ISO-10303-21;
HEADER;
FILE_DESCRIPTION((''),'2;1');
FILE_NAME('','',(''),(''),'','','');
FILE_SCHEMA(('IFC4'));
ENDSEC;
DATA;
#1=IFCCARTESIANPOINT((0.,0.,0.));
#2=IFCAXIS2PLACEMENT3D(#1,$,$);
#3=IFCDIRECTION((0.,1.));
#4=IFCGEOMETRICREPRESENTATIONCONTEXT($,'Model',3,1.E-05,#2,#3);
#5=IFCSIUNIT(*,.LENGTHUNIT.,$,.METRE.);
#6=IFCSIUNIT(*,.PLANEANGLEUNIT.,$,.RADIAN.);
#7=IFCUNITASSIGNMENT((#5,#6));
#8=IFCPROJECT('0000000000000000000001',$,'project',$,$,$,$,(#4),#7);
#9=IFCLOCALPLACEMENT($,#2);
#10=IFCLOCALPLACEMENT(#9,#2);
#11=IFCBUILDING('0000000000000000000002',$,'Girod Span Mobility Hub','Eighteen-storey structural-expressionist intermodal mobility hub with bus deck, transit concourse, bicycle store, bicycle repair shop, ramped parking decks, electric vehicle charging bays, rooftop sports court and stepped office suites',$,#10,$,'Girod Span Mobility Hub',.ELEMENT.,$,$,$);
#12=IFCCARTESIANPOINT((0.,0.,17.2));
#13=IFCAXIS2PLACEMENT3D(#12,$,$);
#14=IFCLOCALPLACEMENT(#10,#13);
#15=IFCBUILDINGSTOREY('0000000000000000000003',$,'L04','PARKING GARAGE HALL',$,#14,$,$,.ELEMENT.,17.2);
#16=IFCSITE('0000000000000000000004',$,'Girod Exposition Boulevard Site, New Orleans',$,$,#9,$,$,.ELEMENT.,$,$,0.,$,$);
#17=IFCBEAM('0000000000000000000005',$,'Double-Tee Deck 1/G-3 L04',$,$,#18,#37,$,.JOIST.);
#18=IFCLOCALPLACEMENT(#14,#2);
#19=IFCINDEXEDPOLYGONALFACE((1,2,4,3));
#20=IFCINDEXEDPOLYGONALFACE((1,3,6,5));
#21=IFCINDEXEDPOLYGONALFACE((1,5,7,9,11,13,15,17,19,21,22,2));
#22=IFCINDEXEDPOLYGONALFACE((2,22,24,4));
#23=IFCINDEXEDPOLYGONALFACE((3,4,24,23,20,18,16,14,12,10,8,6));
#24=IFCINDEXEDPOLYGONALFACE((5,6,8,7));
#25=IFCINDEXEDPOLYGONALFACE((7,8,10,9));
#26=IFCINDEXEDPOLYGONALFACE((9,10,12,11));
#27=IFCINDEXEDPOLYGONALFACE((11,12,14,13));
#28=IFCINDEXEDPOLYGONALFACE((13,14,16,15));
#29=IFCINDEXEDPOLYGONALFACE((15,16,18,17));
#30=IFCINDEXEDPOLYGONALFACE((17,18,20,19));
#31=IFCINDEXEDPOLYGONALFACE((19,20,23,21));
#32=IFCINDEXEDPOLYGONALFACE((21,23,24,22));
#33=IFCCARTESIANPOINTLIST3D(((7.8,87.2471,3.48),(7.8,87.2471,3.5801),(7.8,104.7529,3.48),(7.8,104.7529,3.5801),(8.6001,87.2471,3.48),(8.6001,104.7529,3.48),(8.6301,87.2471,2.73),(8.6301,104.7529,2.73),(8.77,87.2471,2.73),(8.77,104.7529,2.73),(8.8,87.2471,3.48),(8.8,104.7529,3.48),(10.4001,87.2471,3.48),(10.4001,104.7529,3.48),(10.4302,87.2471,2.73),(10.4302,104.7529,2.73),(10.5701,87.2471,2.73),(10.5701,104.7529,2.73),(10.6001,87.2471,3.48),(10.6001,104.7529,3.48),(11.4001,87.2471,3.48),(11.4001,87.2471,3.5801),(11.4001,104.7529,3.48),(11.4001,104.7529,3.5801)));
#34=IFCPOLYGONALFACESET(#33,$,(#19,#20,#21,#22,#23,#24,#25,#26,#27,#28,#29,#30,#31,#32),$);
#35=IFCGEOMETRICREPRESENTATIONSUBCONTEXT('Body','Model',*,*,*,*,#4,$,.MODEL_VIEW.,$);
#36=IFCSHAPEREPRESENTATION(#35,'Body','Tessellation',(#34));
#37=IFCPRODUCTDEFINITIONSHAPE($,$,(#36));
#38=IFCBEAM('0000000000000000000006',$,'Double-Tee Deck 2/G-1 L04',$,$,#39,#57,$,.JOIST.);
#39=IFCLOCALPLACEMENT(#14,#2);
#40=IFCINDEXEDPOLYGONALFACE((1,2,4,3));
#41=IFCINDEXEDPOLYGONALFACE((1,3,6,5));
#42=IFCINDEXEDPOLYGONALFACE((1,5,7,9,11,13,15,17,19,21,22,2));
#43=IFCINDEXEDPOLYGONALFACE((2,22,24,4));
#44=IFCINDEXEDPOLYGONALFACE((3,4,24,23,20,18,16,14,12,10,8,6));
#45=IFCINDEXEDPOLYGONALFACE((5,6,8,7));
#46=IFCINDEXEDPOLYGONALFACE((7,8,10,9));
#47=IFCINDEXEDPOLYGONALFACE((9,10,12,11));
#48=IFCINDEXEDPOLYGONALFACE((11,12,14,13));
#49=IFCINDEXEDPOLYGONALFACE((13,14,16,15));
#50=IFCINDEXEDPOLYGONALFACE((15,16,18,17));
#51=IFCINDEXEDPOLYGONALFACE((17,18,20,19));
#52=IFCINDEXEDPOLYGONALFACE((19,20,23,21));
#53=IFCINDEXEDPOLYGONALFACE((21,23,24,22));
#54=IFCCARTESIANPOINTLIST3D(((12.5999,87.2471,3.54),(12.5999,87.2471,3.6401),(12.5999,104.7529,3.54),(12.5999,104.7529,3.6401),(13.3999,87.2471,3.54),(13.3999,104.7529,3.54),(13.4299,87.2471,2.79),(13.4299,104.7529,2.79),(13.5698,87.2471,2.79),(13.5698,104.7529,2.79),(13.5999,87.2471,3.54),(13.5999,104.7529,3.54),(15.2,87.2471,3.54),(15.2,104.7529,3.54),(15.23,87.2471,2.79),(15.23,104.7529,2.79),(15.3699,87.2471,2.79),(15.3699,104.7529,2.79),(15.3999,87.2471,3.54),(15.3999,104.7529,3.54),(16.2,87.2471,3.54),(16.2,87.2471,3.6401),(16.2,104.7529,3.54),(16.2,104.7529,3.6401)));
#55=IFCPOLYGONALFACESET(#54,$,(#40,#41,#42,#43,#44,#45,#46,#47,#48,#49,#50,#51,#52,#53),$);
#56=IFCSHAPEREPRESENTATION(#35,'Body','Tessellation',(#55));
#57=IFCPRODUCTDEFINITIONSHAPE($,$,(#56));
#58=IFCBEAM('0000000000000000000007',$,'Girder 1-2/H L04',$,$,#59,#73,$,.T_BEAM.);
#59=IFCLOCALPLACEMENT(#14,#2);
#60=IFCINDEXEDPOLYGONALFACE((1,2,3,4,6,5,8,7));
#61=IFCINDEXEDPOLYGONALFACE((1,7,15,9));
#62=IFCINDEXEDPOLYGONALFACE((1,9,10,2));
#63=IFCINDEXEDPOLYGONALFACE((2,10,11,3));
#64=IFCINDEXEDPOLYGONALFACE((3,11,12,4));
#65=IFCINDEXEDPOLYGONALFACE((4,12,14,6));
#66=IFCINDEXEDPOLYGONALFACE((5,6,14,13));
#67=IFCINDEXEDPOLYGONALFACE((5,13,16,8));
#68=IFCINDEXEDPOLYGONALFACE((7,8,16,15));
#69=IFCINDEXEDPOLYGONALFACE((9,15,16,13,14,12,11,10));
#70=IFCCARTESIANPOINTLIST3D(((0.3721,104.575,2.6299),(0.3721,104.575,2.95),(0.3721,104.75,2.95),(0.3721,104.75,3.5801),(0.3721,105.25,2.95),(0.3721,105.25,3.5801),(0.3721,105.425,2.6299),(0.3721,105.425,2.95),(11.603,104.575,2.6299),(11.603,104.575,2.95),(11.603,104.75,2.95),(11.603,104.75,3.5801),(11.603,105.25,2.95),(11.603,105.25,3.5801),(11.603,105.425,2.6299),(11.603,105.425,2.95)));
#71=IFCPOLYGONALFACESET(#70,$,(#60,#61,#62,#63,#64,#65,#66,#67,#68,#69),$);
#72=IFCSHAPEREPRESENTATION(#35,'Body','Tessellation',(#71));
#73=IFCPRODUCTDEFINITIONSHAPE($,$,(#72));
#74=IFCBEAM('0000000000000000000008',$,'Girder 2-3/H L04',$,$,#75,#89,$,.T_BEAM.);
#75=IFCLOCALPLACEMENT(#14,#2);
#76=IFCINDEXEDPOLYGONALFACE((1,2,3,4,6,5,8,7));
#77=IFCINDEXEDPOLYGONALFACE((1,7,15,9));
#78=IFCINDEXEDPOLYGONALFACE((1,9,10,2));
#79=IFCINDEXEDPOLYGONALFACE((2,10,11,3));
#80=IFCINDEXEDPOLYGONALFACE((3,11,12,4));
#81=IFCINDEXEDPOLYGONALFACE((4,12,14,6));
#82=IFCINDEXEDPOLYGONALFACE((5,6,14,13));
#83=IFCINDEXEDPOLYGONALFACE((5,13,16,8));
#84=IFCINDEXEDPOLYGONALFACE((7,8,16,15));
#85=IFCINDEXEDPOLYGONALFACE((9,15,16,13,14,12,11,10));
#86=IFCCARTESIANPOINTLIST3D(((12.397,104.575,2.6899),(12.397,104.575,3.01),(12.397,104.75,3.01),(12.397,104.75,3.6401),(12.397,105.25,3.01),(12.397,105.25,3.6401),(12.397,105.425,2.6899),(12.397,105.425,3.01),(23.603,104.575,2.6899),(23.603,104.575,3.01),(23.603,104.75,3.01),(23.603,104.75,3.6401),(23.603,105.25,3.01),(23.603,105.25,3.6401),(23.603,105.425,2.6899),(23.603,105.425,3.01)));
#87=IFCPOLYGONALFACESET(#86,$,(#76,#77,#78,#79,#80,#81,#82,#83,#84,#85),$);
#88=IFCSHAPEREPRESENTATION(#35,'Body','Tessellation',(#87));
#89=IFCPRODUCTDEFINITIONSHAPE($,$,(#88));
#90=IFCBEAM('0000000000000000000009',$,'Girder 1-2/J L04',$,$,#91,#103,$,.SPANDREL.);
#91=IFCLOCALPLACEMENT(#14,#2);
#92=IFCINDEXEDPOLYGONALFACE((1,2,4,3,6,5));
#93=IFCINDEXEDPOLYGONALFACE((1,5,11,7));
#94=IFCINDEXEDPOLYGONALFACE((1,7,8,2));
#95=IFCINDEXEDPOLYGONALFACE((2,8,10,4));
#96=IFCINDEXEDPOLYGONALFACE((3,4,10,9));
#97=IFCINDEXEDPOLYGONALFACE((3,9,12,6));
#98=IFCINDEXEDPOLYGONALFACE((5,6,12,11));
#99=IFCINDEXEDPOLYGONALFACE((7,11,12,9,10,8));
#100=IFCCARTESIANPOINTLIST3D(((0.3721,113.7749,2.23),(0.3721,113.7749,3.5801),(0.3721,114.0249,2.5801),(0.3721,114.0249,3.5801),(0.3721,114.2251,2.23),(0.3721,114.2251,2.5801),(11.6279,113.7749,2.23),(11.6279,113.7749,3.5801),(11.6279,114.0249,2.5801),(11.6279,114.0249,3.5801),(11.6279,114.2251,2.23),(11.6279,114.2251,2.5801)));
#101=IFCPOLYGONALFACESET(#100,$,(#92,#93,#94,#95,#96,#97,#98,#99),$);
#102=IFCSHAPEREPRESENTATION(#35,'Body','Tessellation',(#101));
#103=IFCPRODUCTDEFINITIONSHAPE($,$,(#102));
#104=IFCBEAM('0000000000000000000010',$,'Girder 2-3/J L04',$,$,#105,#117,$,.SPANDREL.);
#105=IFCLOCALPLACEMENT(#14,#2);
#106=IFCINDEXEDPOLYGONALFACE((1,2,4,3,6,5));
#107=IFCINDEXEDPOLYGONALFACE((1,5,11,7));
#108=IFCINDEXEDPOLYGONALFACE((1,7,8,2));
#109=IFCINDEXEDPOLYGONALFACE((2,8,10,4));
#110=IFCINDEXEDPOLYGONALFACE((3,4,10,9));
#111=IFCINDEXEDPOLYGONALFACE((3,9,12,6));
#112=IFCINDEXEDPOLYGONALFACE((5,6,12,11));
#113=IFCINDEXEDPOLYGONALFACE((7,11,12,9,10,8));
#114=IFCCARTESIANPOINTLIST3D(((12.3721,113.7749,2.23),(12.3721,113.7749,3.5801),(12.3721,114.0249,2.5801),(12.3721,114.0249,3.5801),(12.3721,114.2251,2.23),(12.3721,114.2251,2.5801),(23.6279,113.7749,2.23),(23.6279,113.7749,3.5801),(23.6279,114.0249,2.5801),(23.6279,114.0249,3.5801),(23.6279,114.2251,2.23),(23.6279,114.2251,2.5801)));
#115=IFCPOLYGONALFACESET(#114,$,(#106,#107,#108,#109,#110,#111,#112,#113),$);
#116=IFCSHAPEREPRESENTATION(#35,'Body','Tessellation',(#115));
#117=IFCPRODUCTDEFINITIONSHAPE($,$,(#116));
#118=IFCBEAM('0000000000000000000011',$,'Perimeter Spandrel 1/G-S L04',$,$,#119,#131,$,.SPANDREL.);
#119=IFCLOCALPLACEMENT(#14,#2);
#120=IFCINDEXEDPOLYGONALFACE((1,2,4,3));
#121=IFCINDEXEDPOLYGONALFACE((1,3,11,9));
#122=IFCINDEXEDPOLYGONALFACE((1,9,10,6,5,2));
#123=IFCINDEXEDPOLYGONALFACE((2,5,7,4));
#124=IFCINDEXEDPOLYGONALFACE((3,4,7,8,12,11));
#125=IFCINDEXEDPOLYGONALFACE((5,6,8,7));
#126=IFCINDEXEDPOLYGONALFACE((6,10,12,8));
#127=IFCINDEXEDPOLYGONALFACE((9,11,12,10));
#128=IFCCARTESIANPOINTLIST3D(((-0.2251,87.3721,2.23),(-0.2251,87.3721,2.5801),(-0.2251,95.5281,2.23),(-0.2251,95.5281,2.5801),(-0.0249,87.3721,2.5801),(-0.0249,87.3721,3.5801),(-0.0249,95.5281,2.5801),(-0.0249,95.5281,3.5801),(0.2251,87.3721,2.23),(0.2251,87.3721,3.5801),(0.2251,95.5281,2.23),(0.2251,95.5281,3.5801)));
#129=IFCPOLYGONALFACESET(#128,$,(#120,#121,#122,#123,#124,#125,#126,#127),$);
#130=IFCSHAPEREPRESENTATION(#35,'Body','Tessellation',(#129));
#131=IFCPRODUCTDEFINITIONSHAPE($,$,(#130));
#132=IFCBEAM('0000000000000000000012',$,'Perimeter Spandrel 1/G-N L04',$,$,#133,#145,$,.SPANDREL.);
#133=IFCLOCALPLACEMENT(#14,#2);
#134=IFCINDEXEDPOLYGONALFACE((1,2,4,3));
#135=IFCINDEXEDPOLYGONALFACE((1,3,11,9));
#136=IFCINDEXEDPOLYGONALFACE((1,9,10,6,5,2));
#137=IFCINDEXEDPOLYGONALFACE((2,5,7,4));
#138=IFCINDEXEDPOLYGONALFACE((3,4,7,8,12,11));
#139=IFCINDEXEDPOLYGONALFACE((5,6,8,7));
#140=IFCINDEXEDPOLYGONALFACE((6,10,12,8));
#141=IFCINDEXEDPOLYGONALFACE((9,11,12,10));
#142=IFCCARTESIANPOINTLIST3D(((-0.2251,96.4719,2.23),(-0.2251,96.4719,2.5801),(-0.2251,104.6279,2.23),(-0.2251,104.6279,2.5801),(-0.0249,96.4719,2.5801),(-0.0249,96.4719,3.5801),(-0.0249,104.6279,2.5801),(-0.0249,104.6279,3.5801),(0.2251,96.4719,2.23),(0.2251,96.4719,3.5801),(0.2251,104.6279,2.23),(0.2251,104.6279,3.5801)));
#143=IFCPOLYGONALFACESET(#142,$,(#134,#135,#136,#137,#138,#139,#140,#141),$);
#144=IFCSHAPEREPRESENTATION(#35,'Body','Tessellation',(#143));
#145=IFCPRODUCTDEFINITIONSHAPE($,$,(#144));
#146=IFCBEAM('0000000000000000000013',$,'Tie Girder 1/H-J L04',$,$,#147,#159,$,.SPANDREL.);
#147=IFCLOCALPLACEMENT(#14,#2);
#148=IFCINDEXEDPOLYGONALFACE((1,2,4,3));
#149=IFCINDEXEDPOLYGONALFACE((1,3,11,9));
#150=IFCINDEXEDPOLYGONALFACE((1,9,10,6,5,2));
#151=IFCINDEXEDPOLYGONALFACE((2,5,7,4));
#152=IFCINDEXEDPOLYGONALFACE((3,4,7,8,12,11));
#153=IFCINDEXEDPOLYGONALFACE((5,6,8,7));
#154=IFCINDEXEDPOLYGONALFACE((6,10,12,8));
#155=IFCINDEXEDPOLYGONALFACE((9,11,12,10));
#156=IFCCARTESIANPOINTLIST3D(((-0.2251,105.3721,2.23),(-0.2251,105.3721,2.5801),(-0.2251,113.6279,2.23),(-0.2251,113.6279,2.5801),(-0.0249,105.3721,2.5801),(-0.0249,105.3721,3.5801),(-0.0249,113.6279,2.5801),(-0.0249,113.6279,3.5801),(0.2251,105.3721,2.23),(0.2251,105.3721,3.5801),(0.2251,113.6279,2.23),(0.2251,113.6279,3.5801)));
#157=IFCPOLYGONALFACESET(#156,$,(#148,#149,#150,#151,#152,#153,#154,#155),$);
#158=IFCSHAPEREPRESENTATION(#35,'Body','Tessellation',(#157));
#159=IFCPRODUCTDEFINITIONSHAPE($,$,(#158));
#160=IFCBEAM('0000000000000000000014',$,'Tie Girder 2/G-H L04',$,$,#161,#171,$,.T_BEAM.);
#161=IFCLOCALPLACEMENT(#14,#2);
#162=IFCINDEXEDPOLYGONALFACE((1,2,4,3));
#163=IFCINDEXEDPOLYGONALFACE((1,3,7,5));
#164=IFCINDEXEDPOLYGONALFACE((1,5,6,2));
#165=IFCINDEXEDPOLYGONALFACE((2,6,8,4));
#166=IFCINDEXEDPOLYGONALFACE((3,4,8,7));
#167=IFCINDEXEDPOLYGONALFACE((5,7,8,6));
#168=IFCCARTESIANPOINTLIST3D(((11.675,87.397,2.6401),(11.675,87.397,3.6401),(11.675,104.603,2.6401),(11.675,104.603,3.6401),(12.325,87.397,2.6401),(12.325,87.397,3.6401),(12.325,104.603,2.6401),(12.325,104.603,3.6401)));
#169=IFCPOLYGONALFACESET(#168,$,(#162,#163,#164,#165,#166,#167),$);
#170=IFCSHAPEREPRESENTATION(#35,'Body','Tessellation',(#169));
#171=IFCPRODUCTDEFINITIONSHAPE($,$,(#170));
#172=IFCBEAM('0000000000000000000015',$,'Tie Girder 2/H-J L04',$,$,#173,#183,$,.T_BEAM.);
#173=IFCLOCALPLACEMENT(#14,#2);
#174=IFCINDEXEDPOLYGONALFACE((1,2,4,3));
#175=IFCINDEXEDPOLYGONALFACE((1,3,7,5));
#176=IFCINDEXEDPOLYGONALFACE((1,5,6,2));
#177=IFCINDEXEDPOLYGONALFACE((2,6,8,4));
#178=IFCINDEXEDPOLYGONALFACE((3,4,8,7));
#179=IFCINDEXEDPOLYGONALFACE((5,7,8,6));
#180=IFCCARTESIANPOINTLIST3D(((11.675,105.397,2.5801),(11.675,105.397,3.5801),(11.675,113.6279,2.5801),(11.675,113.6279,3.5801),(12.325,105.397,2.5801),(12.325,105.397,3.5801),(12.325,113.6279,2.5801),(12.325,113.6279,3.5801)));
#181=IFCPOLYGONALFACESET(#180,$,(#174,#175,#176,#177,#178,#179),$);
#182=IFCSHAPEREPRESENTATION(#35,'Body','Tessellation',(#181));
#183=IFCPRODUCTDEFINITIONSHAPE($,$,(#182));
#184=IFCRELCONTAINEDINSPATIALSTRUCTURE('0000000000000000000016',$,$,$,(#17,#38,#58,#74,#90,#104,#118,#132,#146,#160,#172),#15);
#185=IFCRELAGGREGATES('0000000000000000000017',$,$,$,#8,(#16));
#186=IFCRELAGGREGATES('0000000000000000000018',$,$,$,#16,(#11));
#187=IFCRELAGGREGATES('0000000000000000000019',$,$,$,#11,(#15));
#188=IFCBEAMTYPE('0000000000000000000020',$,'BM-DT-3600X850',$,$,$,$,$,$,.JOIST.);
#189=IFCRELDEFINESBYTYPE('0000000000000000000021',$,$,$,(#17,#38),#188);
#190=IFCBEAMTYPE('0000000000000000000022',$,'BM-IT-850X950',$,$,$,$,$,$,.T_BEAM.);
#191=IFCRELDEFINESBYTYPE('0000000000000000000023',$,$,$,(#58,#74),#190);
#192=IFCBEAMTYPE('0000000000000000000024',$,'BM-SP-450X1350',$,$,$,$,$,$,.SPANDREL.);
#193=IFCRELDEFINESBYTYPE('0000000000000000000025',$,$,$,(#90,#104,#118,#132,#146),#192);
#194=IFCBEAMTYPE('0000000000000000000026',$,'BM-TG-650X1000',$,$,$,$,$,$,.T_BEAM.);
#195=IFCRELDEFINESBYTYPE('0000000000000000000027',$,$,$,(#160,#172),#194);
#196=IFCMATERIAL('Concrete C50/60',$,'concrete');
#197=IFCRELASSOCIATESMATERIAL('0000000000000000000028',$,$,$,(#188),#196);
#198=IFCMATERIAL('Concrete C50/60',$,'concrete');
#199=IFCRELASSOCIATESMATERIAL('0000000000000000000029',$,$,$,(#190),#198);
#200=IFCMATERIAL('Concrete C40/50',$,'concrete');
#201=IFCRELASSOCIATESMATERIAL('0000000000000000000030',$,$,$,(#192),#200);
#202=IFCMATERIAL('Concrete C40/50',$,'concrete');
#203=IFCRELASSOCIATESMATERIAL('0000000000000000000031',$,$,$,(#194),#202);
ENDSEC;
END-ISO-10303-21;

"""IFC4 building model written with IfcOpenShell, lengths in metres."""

from ifc_helpers import new_model, si_unit, direction, frame, origin, origin_2d, place, context, subcontext, project, spatial, polyline, rectangle, outline, extrude, material, material_profile, profile_set, type_object, element, save


model = new_model("IFC4")

# Units and contexts
model_context = context("Model", 3, precision=1e-05, world=origin(), true_north=direction((0.0, 1.0)))
body_context = subcontext(model_context, "Body", "Model", "MODEL_VIEW")
ifc_project = project(units=[si_unit("LENGTHUNIT", "METRE"), si_unit("PLANEANGLEUNIT", "RADIAN")], contexts=[model_context])

# Site, building, storey
site_placement = place(None, origin())
site = spatial("IfcSite", under=ifc_project, at=site_placement, Name="Girod Exposition Boulevard Site, New Orleans", CompositionType="ELEMENT", RefElevation=0.0)
building_placement = place(site_placement, origin())
building = spatial("IfcBuilding", under=site, at=building_placement, Name="Girod Span Mobility Hub", Description="Eighteen-storey structural-expressionist intermodal mobility hub with bus deck, transit concourse, bicycle store, bicycle repair shop, ramped parking decks, electric vehicle charging bays, rooftop sports court and stepped office suites", LongName="Girod Span Mobility Hub", CompositionType="ELEMENT")
storey_placement = place(building_placement, frame((0.0, 0.0, 17.2)))
storey = spatial("IfcBuildingStorey", under=building, at=storey_placement, Name="L04", Description="PARKING GARAGE HALL", CompositionType="ELEMENT", Elevation=17.2)

# Beams
ifc_material_1 = material(Name="Concrete C50/60", Category="concrete")
ifc_material_profile_1 = material_profile(ifc_material_1, outline(polyline([(-1.8, 0.425), (-1.8, 0.325), (-1.0, 0.325), (-0.97, -0.425), (-0.8301, -0.425), (-0.8, 0.325), (0.8, 0.325), (0.8301, -0.425), (0.97, -0.425), (1.0, 0.325), (1.8, 0.325), (1.8, 0.425), (-1.8, 0.425)])), Name="DT-3600X850")
ifc_profile_set_1 = profile_set([ifc_material_profile_1], Name="Concrete C50/60")
beam_type_1 = type_object("IfcBeamType", Name="BM-DT-3600X850", PredefinedType="JOIST", material=ifc_profile_set_1)
for number, where, z_axis, x_axis, name in (
    (1, (9.6001, 87.2471, 3.155), (0.0, 1.0, 0.0), (-1.0, 0.0, 0.0), "Double-Tee Deck 1/G-3 L04"),
    (2, (14.3999, 87.2471, 3.2151), (0.0, 1.0, 0.0), (-1.0, 0.0, 0.0), "Double-Tee Deck 2/G-1 L04"),
):
    element("IfcBeam", number, at=place(storey_placement, frame(where, z_axis=z_axis, x_axis=x_axis)), inside=storey, type_object=beam_type_1, Name=name, PredefinedType="JOIST", context=body_context, shape_type="SweptSolid", body=[
        extrude(outline(polyline([(-1.8, 0.425), (-1.8, 0.325), (-1.0, 0.325), (-0.97, -0.425), (-0.8301, -0.425), (-0.8, 0.325), (0.8, 0.325), (0.8301, -0.425), (0.97, -0.425), (1.0, 0.325), (1.8, 0.325), (1.8, 0.425), (-1.8, 0.425)])), origin(), (0.0, 0.0, 1.0), 17.5059),
    ])
ifc_material_2 = material(Name="Concrete C50/60", Category="concrete")
ifc_material_profile_2 = material_profile(ifc_material_2, outline(polyline([(-0.425, -0.4751), (0.425, -0.4751), (0.425, -0.155), (0.25, -0.155), (0.25, 0.4751), (-0.25, 0.4751), (-0.25, -0.155), (-0.425, -0.155), (-0.425, -0.4751)])), Name="IT-850X950")
ifc_profile_set_2 = profile_set([ifc_material_profile_2], Name="Concrete C50/60")
beam_type_2 = type_object("IfcBeamType", Name="BM-IT-850X950", PredefinedType="T_BEAM", material=ifc_profile_set_2)
beam_1_placement = place(storey_placement, frame((0.3721, 105.0, 3.105), z_axis=(1.0, 0.0, 0.0), x_axis=(0.0, 1.0, 0.0)))
element("IfcBeam", 3, at=beam_1_placement, inside=storey, type_object=beam_type_2, Name="Girder 1-2/H L04", PredefinedType="T_BEAM", context=body_context, shape_type="SweptSolid", body=[
    extrude(outline(polyline([(-0.425, -0.4751), (0.425, -0.4751), (0.425, -0.155), (0.25, -0.155), (0.25, 0.4751), (-0.25, 0.4751), (-0.25, -0.155), (-0.425, -0.155), (-0.425, -0.4751)])), origin(), (0.0, 0.0, 1.0), 11.231),
])
beam_2_placement = place(storey_placement, frame((12.397, 105.0, 3.165), z_axis=(1.0, 0.0, 0.0), x_axis=(0.0, 1.0, 0.0)))
element("IfcBeam", 4, at=beam_2_placement, inside=storey, type_object=beam_type_2, Name="Girder 2-3/H L04", PredefinedType="T_BEAM", context=body_context, shape_type="SweptSolid", body=[
    extrude(outline(polyline([(-0.425, -0.4751), (0.425, -0.4751), (0.425, -0.155), (0.25, -0.155), (0.25, 0.4751), (-0.25, 0.4751), (-0.25, -0.155), (-0.425, -0.155), (-0.425, -0.4751)])), origin(), (0.0, 0.0, 1.0), 11.2061),
])
ifc_material_3 = material(Name="Concrete C40/50", Category="concrete")
ifc_material_profile_3 = material_profile(ifc_material_3, outline(polyline([(-0.2251, -0.675), (0.2251, -0.675), (0.2251, -0.325), (0.0249, -0.325), (0.0249, 0.675), (-0.2251, 0.675), (-0.2251, -0.675)])), Name="SP-450X1350")
ifc_profile_set_3 = profile_set([ifc_material_profile_3], Name="Concrete C40/50")
beam_type_3 = type_object("IfcBeamType", Name="BM-SP-450X1350", PredefinedType="SPANDREL", material=ifc_profile_set_3)
for number, where, z_axis, x_axis, name in (
    (5, (0.3721, 114.0, 2.905), (1.0, 0.0, 0.0), (0.0, 1.0, 0.0), "Girder 1-2/J L04"),
    (6, (12.3721, 114.0, 2.905), (1.0, 0.0, 0.0), (0.0, 1.0, 0.0), "Girder 2-3/J L04"),
):
    element("IfcBeam", number, at=place(storey_placement, frame(where, z_axis=z_axis, x_axis=x_axis)), inside=storey, type_object=beam_type_3, Name=name, PredefinedType="SPANDREL", context=body_context, shape_type="SweptSolid", body=[
        extrude(outline(polyline([(-0.2251, -0.675), (0.2251, -0.675), (0.2251, -0.325), (0.0249, -0.325), (0.0249, 0.675), (-0.2251, 0.675), (-0.2251, -0.675)])), origin(), (0.0, 0.0, 1.0), 11.2559),
    ])
for number, where, z_axis, x_axis, name in (
    (7, (0.0, 87.3721, 2.905), (0.0, 1.0, 0.0), (-1.0, 0.0, 0.0), "Perimeter Spandrel 1/G-S L04"),
    (8, (0.0, 96.4719, 2.905), (0.0, 1.0, 0.0), (-1.0, 0.0, 0.0), "Perimeter Spandrel 1/G-N L04"),
):
    element("IfcBeam", number, at=place(storey_placement, frame(where, z_axis=z_axis, x_axis=x_axis)), inside=storey, type_object=beam_type_3, Name=name, PredefinedType="SPANDREL", context=body_context, shape_type="SweptSolid", body=[
        extrude(outline(polyline([(-0.2251, -0.675), (0.2251, -0.675), (0.2251, -0.325), (0.0249, -0.325), (0.0249, 0.675), (-0.2251, 0.675), (-0.2251, -0.675)])), origin(), (0.0, 0.0, 1.0), 8.156),
    ])
beam_3_placement = place(storey_placement, frame((0.0, 105.3721, 2.905), z_axis=(0.0, 1.0, 0.0), x_axis=(-1.0, 0.0, 0.0)))
element("IfcBeam", 9, at=beam_3_placement, inside=storey, type_object=beam_type_3, Name="Tie Girder 1/H-J L04", PredefinedType="SPANDREL", context=body_context, shape_type="SweptSolid", body=[
    extrude(outline(polyline([(-0.2251, -0.675), (0.2251, -0.675), (0.2251, -0.325), (0.0249, -0.325), (0.0249, 0.675), (-0.2251, 0.675), (-0.2251, -0.675)])), origin(), (0.0, 0.0, 1.0), 8.2559),
])
ifc_material_4 = material(Name="Concrete C40/50", Category="concrete")
ifc_material_profile_4 = material_profile(ifc_material_4, rectangle(XDim=0.6499, YDim=1.0, at=origin_2d()), Name="TG-650X1000")
ifc_profile_set_4 = profile_set([ifc_material_profile_4], Name="Concrete C40/50")
beam_type_4 = type_object("IfcBeamType", Name="BM-TG-650X1000", PredefinedType="T_BEAM", material=ifc_profile_set_4)
beam_4_placement = place(storey_placement, frame((12.0, 87.397, 3.1401), z_axis=(0.0, 1.0, 0.0), x_axis=(-1.0, 0.0, 0.0)))
element("IfcBeam", 10, at=beam_4_placement, inside=storey, type_object=beam_type_4, Name="Tie Girder 2/G-H L04", PredefinedType="T_BEAM", context=body_context, shape_type="SweptSolid", body=[
    extrude(rectangle(XDim=0.6499, YDim=1.0, at=origin_2d()), origin(), (0.0, 0.0, 1.0), 17.2061),
])
beam_5_placement = place(storey_placement, frame((12.0, 105.397, 3.0801), z_axis=(0.0, 1.0, 0.0), x_axis=(-1.0, 0.0, 0.0)))
element("IfcBeam", 11, at=beam_5_placement, inside=storey, type_object=beam_type_4, Name="Tie Girder 2/H-J L04", PredefinedType="T_BEAM", context=body_context, shape_type="SweptSolid", body=[
    extrude(rectangle(XDim=0.6499, YDim=1.0, at=origin_2d()), origin(), (0.0, 0.0, 1.0), 8.231),
])

save(model, "model.ifc")
